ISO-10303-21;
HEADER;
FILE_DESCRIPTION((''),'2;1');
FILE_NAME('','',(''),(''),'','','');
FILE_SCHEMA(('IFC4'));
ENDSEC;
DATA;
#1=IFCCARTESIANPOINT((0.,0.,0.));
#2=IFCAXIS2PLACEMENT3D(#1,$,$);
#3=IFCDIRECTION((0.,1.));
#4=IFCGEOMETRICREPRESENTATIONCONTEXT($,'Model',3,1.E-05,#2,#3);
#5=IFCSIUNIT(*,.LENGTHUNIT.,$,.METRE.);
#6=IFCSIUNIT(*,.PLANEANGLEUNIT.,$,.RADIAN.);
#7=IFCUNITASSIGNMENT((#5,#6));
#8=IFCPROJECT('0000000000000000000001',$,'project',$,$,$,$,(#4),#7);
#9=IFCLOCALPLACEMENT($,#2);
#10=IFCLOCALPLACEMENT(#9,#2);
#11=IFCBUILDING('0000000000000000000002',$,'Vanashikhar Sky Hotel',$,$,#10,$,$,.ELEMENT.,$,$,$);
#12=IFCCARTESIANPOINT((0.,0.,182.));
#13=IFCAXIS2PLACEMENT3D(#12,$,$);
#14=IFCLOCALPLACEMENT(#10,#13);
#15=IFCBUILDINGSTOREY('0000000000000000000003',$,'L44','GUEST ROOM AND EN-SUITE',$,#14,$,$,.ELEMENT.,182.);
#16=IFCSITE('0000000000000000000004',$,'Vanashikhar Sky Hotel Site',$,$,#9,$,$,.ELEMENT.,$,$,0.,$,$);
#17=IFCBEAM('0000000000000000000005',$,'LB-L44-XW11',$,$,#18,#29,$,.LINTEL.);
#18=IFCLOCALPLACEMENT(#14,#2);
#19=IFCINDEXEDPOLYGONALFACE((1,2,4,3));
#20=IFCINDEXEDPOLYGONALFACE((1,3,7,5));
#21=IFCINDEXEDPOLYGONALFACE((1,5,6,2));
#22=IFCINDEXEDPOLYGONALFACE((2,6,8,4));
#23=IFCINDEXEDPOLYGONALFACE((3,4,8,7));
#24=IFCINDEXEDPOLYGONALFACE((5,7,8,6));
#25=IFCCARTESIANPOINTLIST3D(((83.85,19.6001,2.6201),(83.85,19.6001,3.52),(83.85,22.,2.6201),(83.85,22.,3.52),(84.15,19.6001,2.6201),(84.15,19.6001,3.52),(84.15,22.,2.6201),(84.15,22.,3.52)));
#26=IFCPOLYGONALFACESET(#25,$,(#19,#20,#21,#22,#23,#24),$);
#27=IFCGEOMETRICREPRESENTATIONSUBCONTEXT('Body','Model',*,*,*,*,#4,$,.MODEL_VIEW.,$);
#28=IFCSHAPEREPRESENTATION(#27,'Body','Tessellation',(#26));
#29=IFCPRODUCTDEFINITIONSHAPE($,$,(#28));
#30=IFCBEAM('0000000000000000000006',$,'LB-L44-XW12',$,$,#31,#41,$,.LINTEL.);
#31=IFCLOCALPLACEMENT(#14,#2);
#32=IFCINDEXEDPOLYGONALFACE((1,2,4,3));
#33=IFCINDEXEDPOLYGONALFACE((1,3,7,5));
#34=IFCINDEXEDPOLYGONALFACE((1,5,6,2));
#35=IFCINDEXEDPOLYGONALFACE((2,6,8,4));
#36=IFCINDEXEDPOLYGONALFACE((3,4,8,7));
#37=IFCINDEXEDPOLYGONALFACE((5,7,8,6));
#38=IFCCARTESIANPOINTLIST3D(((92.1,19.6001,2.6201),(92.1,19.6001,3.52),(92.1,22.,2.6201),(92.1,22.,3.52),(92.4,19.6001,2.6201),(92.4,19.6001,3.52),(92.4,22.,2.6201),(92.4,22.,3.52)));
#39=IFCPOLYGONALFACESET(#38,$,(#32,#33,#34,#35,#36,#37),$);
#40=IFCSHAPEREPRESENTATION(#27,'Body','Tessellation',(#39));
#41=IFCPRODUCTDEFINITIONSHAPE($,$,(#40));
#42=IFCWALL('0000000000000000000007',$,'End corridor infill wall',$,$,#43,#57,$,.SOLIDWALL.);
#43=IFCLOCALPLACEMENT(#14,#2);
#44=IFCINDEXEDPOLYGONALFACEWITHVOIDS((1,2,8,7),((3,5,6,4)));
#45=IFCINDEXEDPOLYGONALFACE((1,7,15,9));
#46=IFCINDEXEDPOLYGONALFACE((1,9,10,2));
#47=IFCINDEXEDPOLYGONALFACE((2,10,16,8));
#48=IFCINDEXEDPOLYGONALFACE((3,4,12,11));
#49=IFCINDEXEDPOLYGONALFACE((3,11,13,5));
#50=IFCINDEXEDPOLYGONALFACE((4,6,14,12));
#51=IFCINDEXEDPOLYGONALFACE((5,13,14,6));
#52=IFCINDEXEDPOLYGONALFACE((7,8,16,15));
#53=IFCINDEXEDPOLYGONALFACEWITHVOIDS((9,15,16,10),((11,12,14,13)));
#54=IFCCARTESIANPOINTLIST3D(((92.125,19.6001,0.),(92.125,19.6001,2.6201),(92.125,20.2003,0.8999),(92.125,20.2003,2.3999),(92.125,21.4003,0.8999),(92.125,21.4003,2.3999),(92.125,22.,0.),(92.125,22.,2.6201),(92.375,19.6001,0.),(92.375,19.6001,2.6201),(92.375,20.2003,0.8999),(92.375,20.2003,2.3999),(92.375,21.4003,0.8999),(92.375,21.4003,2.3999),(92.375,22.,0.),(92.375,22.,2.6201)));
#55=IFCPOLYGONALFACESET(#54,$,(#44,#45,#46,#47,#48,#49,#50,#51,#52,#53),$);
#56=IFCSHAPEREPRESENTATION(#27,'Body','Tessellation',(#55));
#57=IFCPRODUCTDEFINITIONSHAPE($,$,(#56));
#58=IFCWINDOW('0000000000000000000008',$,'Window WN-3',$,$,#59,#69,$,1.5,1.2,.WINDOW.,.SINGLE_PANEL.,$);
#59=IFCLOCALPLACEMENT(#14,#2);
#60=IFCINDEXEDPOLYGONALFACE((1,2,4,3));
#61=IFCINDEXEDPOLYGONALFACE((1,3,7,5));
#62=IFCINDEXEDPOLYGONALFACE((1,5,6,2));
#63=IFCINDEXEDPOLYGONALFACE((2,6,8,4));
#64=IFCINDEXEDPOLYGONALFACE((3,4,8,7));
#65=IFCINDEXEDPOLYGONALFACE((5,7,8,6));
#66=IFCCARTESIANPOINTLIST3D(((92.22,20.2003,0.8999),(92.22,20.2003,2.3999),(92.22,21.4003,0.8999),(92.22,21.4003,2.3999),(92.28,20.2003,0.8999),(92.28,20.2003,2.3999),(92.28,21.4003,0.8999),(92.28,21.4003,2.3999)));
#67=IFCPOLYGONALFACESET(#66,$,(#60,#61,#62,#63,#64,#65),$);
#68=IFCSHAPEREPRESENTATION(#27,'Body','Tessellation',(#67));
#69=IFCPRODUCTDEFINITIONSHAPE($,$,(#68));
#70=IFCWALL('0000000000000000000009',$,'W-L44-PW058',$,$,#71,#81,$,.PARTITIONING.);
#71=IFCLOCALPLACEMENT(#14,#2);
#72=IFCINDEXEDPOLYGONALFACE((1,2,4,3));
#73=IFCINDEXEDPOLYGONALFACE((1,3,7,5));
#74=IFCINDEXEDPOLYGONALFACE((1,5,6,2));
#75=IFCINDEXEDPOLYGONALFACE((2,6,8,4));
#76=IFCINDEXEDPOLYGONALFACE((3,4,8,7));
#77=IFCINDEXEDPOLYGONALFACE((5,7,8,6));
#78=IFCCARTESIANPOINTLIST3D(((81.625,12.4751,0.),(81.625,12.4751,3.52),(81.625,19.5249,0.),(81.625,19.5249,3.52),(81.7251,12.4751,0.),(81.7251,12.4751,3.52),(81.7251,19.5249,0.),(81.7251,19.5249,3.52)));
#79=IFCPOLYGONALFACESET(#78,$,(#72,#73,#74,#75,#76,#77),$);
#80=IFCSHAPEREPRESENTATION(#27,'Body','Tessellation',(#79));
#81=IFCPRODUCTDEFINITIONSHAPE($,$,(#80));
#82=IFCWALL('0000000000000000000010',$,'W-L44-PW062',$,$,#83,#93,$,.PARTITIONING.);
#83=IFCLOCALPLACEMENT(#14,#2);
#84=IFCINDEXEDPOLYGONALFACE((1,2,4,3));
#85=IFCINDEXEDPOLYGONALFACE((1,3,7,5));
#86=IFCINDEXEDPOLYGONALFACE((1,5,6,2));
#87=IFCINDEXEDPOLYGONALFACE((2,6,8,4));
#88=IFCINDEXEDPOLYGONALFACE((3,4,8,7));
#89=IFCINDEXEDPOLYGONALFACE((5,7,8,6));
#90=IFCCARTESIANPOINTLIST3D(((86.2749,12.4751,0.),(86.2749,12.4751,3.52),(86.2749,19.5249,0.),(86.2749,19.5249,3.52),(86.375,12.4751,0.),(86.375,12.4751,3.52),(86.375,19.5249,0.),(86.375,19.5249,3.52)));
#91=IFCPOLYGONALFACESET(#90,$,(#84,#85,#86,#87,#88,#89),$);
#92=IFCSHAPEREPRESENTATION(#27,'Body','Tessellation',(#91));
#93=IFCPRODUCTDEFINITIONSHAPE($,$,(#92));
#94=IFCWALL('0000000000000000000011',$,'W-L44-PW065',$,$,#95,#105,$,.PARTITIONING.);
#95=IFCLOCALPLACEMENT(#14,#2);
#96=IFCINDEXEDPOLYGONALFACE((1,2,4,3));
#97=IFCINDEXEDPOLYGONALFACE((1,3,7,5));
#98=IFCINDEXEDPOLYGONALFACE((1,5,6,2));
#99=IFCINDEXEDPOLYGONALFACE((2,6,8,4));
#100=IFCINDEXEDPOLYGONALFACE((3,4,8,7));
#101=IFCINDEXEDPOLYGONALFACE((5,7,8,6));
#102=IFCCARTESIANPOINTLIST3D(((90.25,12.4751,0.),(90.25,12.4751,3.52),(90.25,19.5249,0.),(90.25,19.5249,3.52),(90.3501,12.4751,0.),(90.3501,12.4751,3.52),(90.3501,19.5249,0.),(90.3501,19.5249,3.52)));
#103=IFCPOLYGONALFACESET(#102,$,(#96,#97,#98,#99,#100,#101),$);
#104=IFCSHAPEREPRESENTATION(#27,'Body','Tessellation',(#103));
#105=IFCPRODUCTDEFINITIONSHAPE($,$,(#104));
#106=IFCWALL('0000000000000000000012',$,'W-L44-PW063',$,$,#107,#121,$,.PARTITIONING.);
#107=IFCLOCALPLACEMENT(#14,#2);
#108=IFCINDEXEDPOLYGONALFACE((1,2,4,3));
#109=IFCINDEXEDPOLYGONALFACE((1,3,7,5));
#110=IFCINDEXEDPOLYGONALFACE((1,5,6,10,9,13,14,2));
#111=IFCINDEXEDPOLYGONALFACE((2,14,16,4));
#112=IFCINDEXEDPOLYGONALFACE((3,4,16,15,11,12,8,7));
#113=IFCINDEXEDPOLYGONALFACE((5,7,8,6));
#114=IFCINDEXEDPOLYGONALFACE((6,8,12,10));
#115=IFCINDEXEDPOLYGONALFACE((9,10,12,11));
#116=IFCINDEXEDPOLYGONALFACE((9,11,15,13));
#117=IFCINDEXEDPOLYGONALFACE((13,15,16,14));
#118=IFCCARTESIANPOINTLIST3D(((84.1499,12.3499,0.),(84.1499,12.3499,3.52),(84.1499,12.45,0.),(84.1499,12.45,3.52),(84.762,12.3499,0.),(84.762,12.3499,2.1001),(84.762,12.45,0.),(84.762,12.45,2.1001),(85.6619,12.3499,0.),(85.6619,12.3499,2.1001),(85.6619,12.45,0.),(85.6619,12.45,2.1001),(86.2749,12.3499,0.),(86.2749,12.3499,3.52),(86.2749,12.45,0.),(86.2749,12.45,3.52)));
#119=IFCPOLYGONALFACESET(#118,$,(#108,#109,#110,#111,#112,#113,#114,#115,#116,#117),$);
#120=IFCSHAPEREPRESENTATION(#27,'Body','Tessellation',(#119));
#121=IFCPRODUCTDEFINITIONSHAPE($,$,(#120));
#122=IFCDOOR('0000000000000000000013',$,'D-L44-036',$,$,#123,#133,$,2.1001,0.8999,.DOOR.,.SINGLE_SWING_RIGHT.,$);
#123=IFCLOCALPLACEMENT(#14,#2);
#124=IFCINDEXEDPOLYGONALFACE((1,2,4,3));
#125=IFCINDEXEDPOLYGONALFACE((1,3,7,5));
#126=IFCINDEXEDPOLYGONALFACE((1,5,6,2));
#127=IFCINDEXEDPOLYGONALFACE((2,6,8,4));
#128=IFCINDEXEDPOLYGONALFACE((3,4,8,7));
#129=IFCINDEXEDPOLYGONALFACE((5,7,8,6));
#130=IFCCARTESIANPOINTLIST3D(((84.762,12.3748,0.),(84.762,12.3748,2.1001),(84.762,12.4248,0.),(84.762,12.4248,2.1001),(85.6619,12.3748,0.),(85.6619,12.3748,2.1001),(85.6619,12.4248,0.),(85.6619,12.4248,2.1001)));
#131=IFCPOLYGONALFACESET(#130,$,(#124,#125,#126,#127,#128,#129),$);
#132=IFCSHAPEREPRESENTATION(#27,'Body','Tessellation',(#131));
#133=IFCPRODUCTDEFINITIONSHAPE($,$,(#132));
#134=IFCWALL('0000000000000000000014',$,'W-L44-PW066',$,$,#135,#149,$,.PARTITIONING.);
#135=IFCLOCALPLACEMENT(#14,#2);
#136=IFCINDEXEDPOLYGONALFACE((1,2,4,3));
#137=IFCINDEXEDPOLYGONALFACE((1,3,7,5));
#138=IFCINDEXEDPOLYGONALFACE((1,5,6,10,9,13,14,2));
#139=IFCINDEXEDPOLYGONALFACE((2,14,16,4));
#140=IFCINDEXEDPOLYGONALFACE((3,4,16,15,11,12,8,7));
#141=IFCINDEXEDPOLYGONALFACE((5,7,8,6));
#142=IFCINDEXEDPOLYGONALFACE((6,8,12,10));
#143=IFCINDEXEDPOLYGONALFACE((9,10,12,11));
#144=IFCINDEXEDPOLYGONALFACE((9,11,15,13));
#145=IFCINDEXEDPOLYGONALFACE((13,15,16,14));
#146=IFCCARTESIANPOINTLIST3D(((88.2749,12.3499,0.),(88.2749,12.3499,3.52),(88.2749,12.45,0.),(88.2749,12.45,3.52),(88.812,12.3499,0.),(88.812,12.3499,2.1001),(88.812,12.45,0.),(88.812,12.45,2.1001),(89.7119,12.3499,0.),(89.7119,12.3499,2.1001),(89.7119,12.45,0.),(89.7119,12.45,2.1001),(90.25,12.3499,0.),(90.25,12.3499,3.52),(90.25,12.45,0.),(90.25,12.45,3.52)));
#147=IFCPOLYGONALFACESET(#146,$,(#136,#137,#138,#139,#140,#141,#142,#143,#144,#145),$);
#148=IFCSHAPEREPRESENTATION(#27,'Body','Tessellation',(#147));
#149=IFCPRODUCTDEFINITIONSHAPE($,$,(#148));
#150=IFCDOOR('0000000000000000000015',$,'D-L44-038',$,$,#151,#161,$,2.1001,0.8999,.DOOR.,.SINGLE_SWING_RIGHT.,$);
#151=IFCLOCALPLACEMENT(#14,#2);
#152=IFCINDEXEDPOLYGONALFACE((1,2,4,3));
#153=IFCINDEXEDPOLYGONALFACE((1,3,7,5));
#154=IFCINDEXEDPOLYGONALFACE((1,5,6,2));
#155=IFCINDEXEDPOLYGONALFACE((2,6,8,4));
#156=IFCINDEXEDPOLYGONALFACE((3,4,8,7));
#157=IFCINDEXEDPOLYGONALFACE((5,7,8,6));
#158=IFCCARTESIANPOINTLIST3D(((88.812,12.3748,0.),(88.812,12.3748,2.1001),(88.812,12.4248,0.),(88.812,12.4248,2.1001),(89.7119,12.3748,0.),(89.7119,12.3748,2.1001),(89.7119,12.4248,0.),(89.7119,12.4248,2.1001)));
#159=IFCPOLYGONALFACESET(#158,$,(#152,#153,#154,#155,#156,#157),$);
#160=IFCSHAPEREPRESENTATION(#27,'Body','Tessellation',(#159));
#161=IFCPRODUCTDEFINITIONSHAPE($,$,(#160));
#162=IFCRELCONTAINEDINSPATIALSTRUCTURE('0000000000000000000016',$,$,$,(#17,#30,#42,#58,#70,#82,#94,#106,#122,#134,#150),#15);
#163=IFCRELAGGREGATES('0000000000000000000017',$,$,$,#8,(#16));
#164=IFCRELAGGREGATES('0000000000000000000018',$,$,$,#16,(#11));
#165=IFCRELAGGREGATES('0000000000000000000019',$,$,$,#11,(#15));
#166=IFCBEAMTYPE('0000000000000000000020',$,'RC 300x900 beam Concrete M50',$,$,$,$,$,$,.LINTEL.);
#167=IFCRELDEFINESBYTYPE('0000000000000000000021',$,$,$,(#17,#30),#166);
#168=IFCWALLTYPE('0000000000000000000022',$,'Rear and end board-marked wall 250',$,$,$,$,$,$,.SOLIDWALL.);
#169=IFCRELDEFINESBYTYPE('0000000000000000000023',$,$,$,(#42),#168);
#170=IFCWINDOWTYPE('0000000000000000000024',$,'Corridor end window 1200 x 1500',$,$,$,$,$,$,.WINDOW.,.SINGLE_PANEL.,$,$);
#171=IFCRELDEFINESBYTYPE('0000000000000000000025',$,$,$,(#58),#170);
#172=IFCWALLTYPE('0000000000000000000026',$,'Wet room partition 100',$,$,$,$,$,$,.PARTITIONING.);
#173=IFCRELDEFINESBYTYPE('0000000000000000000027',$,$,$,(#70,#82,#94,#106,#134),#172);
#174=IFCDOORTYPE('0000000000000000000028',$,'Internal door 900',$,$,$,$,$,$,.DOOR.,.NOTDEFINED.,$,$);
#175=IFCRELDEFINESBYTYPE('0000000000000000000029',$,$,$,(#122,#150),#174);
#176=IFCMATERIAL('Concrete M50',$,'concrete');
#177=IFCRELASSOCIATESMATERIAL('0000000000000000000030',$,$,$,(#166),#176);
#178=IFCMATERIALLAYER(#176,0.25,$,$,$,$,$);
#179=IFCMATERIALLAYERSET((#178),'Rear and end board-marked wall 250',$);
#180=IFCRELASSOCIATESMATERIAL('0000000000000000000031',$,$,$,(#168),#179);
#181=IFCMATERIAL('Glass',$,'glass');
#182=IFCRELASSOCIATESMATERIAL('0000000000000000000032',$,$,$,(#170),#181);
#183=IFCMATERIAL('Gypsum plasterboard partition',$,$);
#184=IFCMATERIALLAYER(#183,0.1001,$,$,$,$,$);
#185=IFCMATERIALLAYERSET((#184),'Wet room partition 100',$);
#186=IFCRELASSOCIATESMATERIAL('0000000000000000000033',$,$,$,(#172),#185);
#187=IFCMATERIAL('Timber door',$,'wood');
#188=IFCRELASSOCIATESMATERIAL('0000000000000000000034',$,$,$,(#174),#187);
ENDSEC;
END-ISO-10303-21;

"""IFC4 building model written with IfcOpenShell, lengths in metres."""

from ifc_helpers import new_model, si_unit, direction, frame, frame_2d, origin, origin_2d, place, context, subcontext, project, spatial, rectangle, extrude, source, transform, mapped, material, layer, layer_set, material_profile, profile_set, type_object, element, fill, save


model = new_model("IFC4")

# Units and contexts
model_context = context("Model", 3, precision=1e-05, world=origin(), true_north=direction((0.0, 1.0)))
body_context = subcontext(model_context, "Body", "Model", "MODEL_VIEW")
ifc_project = project(units=[si_unit("LENGTHUNIT", "METRE"), si_unit("PLANEANGLEUNIT", "RADIAN")], contexts=[model_context])

# Site, building, storey
site_placement = place(None, origin())
site = spatial("IfcSite", under=ifc_project, at=site_placement, Name="Vanashikhar Sky Hotel Site", CompositionType="ELEMENT", RefElevation=0.0)
building_placement = place(site_placement, origin())
building = spatial("IfcBuilding", under=site, at=building_placement, Name="Vanashikhar Sky Hotel", CompositionType="ELEMENT")
storey_placement = place(building_placement, frame((0.0, 0.0, 182.0)))
storey = spatial("IfcBuildingStorey", under=building, at=storey_placement, Name="L44", Description="GUEST ROOM AND EN-SUITE", CompositionType="ELEMENT", Elevation=182.0)

# Beams
ifc_material_1 = material(Name="Concrete M50", Category="concrete")
ifc_material_profile = material_profile(ifc_material_1, rectangle(XDim=0.3, YDim=0.8999, at=origin_2d()))
ifc_profile_set = profile_set([ifc_material_profile], Name="RC 300x900 beam Concrete M50")
beam_type = type_object("IfcBeamType", Name="RC 300x900 beam Concrete M50", PredefinedType="LINTEL", material=ifc_profile_set)
shared_shape_1 = source(origin(), body_context, "Body", "SweptSolid", [
    extrude(rectangle(XDim=0.3, YDim=0.8999, at=origin_2d()), origin(), (0.0, 0.0, 1.0), 2.3999),
])
for number, where, z_axis, x_axis, name in (
    (1, (84.0, 19.6001, 3.0701), (0.0, 1.0, 0.0), (-1.0, 0.0, 0.0), "LB-L44-XW11"),
    (2, (92.25, 19.6001, 3.0701), (0.0, 1.0, 0.0), (-1.0, 0.0, 0.0), "LB-L44-XW12"),
):
    element("IfcBeam", number, at=place(storey_placement, frame(where, z_axis=z_axis, x_axis=x_axis)), inside=storey, type_object=beam_type, Name=name, PredefinedType="LINTEL", context=body_context, shape_type="MappedRepresentation", body=[
        mapped(shared_shape_1, transform((0.0, 0.0, 0.0), scale=1.0)),
    ])

# Wall, opening, window
ifc_layer_1 = layer(ifc_material_1, 0.25)
ifc_layer_set_1 = layer_set([ifc_layer_1], Name="Rear and end board-marked wall 250")
wall_type_1 = type_object("IfcWallType", Name="Rear and end board-marked wall 250", PredefinedType="SOLIDWALL", material=ifc_layer_set_1)
shared_shape_2 = source(origin(), body_context, "Body", "SweptSolid", [
    extrude(rectangle(XDim=2.3999, YDim=0.25, at=frame_2d((1.2, 0.0))), origin(), (0.0, 0.0, 1.0), 2.6201),
])
wall_1_placement = place(storey_placement, frame((92.25, 19.6001, 0.0), z_axis=(0.0, 0.0, 1.0), x_axis=(0.0, 1.0, 0.0)))
wall_1 = element("IfcWall", 3, at=wall_1_placement, inside=storey, type_object=wall_type_1, Name="End corridor infill wall", PredefinedType="SOLIDWALL", context=body_context, shape_type="MappedRepresentation", body=[
    mapped(shared_shape_2, transform((0.0, 0.0, 0.0), scale=1.0)),
])
shared_shape_3 = source(origin(), body_context, "Body", "SweptSolid", [
    extrude(rectangle(XDim=1.2, YDim=1.5, at=frame_2d((0.6001, 0.75))), frame((0.0, 0.135, 0.0), z_axis=(0.0, -1.0, 0.0), x_axis=(1.0, 0.0, 0.0)), (0.0, 0.0, 1.0), 0.27),
])
opening_1_placement = place(wall_1_placement, frame((0.6001, 0.0, 0.8999)))
opening_1 = element("IfcOpeningElement", 4, at=opening_1_placement, cuts=wall_1, PredefinedType="OPENING", context=body_context, shape_type="MappedRepresentation", body=[
    mapped(shared_shape_3, transform((0.0, 0.0, 0.0), scale=1.0)),
])
ifc_material_2 = material(Name="Glass", Category="glass")
window_type = type_object("IfcWindowType", Name="Corridor end window 1200 x 1500", PartitioningType="SINGLE_PANEL", PredefinedType="WINDOW", material=ifc_material_2)
shared_shape_4 = source(origin(), body_context, "Body", "SweptSolid", [
    extrude(rectangle(XDim=1.2, YDim=1.5, at=frame_2d((0.6001, 0.75))), frame((0.0, 0.03, 0.0), z_axis=(0.0, -1.0, 0.0), x_axis=(1.0, 0.0, 0.0)), (0.0, 0.0, 1.0), 0.0601),
])
window_placement = place(opening_1_placement, origin())
window = element("IfcWindow", 5, at=window_placement, inside=storey, type_object=window_type, Name="Window WN-3", OverallHeight=1.5, OverallWidth=1.2, PartitioningType="SINGLE_PANEL", PredefinedType="WINDOW", context=body_context, shape_type="MappedRepresentation", body=[
    mapped(shared_shape_4, transform((0.0, 0.0, 0.0), scale=1.0)),
])
fill(opening_1, window)

# Walls
ifc_material_3 = material(Name="Gypsum plasterboard partition")
ifc_layer_2 = layer(ifc_material_3, 0.1001)
ifc_layer_set_2 = layer_set([ifc_layer_2], Name="Wet room partition 100")
wall_type_2 = type_object("IfcWallType", Name="Wet room partition 100", PredefinedType="PARTITIONING", material=ifc_layer_set_2)
shared_shape_5 = source(origin(), body_context, "Body", "SweptSolid", [
    extrude(rectangle(XDim=7.0498, YDim=0.1001, at=frame_2d((3.5249, 0.0))), origin(), (0.0, 0.0, 1.0), 3.52),
])
for number, where, z_axis, x_axis, name in (
    (6, (81.675, 12.4751, 0.0), (0.0, 0.0, 1.0), (0.0, 1.0, 0.0), "W-L44-PW058"),
    (7, (86.325, 12.4751, 0.0), (0.0, 0.0, 1.0), (0.0, 1.0, 0.0), "W-L44-PW062"),
    (8, (90.3, 12.4751, 0.0), (0.0, 0.0, 1.0), (0.0, 1.0, 0.0), "W-L44-PW065"),
):
    element("IfcWall", number, at=place(storey_placement, frame(where, z_axis=z_axis, x_axis=x_axis)), inside=storey, type_object=wall_type_2, Name=name, PredefinedType="PARTITIONING", context=body_context, shape_type="MappedRepresentation", body=[
        mapped(shared_shape_5, transform((0.0, 0.0, 0.0), scale=1.0)),
    ])

# Walls, openings, doors
shared_shape_6 = source(origin(), body_context, "Body", "SweptSolid", [
    extrude(rectangle(XDim=2.125, YDim=0.1001, at=frame_2d((1.0625, 0.0))), origin(), (0.0, 0.0, 1.0), 3.52),
])
wall_2_placement = place(storey_placement, frame((84.1499, 12.3999, 0.0), z_axis=(0.0, 0.0, 1.0), x_axis=(1.0, 0.0, 0.0)))
wall_2 = element("IfcWall", 9, at=wall_2_placement, inside=storey, type_object=wall_type_2, Name="W-L44-PW063", PredefinedType="PARTITIONING", context=body_context, shape_type="MappedRepresentation", body=[
    mapped(shared_shape_6, transform((0.0, 0.0, 0.0), scale=1.0)),
])
shared_shape_7 = source(origin(), body_context, "Body", "SweptSolid", [
    extrude(rectangle(XDim=0.8999, YDim=2.1001, at=frame_2d((0.45, 1.05))), frame((0.0, 0.0601, 0.0), z_axis=(0.0, -1.0, 0.0), x_axis=(1.0, 0.0, 0.0)), (0.0, 0.0, 1.0), 0.1201),
])
opening_2_placement = place(wall_2_placement, frame((0.6121, 0.0, 0.0)))
opening_2 = element("IfcOpeningElement", 10, at=opening_2_placement, cuts=wall_2, PredefinedType="OPENING", context=body_context, shape_type="MappedRepresentation", body=[
    mapped(shared_shape_7, transform((0.0, 0.0, 0.0), scale=1.0)),
])
ifc_material_4 = material(Name="Timber door", Category="wood")
door_type_1 = type_object("IfcDoorType", Name="Internal door 900", OperationType="NOTDEFINED", PredefinedType="DOOR", material=ifc_material_4)
shared_shape_8 = source(origin(), body_context, "Body", "SweptSolid", [
    extrude(rectangle(XDim=0.8999, YDim=2.1001, at=frame_2d((0.45, 1.05))), frame((0.0, 0.0249, 0.0), z_axis=(0.0, -1.0, 0.0), x_axis=(1.0, 0.0, 0.0)), (0.0, 0.0, 1.0), 0.05),
])
door_1_placement = place(opening_2_placement, origin())
door_1 = element("IfcDoor", 11, at=door_1_placement, inside=storey, type_object=door_type_1, Name="D-L44-036", OperationType="SINGLE_SWING_RIGHT", OverallHeight=2.1001, OverallWidth=0.8999, PredefinedType="DOOR", context=body_context, shape_type="MappedRepresentation", body=[
    mapped(shared_shape_8, transform((0.0, 0.0, 0.0), scale=1.0)),
])
fill(opening_2, door_1)
shared_shape_9 = source(origin(), body_context, "Body", "SweptSolid", [
    extrude(rectangle(XDim=1.9751, YDim=0.1001, at=frame_2d((0.9875, 0.0))), origin(), (0.0, 0.0, 1.0), 3.52),
])
wall_3_placement = place(storey_placement, frame((88.2749, 12.3999, 0.0), z_axis=(0.0, 0.0, 1.0), x_axis=(1.0, 0.0, 0.0)))
wall_3 = element("IfcWall", 12, at=wall_3_placement, inside=storey, type_object=wall_type_2, Name="W-L44-PW066", PredefinedType="PARTITIONING", context=body_context, shape_type="MappedRepresentation", body=[
    mapped(shared_shape_9, transform((0.0, 0.0, 0.0), scale=1.0)),
])
opening_3_placement = place(wall_3_placement, frame((0.5371, 0.0, 0.0)))
opening_3 = element("IfcOpeningElement", 13, at=opening_3_placement, cuts=wall_3, PredefinedType="OPENING", context=body_context, shape_type="MappedRepresentation", body=[
    mapped(shared_shape_7, transform((0.0, 0.0, 0.0), scale=1.0)),
])
door_2_placement = place(opening_3_placement, origin())
door_2 = element("IfcDoor", 14, at=door_2_placement, inside=storey, type_object=door_type_1, Name="D-L44-038", OperationType="SINGLE_SWING_RIGHT", OverallHeight=2.1001, OverallWidth=0.8999, PredefinedType="DOOR", context=body_context, shape_type="MappedRepresentation", body=[
    mapped(shared_shape_8, transform((0.0, 0.0, 0.0), scale=1.0)),
])
fill(opening_3, door_2)

save(model, "model.ifc")
